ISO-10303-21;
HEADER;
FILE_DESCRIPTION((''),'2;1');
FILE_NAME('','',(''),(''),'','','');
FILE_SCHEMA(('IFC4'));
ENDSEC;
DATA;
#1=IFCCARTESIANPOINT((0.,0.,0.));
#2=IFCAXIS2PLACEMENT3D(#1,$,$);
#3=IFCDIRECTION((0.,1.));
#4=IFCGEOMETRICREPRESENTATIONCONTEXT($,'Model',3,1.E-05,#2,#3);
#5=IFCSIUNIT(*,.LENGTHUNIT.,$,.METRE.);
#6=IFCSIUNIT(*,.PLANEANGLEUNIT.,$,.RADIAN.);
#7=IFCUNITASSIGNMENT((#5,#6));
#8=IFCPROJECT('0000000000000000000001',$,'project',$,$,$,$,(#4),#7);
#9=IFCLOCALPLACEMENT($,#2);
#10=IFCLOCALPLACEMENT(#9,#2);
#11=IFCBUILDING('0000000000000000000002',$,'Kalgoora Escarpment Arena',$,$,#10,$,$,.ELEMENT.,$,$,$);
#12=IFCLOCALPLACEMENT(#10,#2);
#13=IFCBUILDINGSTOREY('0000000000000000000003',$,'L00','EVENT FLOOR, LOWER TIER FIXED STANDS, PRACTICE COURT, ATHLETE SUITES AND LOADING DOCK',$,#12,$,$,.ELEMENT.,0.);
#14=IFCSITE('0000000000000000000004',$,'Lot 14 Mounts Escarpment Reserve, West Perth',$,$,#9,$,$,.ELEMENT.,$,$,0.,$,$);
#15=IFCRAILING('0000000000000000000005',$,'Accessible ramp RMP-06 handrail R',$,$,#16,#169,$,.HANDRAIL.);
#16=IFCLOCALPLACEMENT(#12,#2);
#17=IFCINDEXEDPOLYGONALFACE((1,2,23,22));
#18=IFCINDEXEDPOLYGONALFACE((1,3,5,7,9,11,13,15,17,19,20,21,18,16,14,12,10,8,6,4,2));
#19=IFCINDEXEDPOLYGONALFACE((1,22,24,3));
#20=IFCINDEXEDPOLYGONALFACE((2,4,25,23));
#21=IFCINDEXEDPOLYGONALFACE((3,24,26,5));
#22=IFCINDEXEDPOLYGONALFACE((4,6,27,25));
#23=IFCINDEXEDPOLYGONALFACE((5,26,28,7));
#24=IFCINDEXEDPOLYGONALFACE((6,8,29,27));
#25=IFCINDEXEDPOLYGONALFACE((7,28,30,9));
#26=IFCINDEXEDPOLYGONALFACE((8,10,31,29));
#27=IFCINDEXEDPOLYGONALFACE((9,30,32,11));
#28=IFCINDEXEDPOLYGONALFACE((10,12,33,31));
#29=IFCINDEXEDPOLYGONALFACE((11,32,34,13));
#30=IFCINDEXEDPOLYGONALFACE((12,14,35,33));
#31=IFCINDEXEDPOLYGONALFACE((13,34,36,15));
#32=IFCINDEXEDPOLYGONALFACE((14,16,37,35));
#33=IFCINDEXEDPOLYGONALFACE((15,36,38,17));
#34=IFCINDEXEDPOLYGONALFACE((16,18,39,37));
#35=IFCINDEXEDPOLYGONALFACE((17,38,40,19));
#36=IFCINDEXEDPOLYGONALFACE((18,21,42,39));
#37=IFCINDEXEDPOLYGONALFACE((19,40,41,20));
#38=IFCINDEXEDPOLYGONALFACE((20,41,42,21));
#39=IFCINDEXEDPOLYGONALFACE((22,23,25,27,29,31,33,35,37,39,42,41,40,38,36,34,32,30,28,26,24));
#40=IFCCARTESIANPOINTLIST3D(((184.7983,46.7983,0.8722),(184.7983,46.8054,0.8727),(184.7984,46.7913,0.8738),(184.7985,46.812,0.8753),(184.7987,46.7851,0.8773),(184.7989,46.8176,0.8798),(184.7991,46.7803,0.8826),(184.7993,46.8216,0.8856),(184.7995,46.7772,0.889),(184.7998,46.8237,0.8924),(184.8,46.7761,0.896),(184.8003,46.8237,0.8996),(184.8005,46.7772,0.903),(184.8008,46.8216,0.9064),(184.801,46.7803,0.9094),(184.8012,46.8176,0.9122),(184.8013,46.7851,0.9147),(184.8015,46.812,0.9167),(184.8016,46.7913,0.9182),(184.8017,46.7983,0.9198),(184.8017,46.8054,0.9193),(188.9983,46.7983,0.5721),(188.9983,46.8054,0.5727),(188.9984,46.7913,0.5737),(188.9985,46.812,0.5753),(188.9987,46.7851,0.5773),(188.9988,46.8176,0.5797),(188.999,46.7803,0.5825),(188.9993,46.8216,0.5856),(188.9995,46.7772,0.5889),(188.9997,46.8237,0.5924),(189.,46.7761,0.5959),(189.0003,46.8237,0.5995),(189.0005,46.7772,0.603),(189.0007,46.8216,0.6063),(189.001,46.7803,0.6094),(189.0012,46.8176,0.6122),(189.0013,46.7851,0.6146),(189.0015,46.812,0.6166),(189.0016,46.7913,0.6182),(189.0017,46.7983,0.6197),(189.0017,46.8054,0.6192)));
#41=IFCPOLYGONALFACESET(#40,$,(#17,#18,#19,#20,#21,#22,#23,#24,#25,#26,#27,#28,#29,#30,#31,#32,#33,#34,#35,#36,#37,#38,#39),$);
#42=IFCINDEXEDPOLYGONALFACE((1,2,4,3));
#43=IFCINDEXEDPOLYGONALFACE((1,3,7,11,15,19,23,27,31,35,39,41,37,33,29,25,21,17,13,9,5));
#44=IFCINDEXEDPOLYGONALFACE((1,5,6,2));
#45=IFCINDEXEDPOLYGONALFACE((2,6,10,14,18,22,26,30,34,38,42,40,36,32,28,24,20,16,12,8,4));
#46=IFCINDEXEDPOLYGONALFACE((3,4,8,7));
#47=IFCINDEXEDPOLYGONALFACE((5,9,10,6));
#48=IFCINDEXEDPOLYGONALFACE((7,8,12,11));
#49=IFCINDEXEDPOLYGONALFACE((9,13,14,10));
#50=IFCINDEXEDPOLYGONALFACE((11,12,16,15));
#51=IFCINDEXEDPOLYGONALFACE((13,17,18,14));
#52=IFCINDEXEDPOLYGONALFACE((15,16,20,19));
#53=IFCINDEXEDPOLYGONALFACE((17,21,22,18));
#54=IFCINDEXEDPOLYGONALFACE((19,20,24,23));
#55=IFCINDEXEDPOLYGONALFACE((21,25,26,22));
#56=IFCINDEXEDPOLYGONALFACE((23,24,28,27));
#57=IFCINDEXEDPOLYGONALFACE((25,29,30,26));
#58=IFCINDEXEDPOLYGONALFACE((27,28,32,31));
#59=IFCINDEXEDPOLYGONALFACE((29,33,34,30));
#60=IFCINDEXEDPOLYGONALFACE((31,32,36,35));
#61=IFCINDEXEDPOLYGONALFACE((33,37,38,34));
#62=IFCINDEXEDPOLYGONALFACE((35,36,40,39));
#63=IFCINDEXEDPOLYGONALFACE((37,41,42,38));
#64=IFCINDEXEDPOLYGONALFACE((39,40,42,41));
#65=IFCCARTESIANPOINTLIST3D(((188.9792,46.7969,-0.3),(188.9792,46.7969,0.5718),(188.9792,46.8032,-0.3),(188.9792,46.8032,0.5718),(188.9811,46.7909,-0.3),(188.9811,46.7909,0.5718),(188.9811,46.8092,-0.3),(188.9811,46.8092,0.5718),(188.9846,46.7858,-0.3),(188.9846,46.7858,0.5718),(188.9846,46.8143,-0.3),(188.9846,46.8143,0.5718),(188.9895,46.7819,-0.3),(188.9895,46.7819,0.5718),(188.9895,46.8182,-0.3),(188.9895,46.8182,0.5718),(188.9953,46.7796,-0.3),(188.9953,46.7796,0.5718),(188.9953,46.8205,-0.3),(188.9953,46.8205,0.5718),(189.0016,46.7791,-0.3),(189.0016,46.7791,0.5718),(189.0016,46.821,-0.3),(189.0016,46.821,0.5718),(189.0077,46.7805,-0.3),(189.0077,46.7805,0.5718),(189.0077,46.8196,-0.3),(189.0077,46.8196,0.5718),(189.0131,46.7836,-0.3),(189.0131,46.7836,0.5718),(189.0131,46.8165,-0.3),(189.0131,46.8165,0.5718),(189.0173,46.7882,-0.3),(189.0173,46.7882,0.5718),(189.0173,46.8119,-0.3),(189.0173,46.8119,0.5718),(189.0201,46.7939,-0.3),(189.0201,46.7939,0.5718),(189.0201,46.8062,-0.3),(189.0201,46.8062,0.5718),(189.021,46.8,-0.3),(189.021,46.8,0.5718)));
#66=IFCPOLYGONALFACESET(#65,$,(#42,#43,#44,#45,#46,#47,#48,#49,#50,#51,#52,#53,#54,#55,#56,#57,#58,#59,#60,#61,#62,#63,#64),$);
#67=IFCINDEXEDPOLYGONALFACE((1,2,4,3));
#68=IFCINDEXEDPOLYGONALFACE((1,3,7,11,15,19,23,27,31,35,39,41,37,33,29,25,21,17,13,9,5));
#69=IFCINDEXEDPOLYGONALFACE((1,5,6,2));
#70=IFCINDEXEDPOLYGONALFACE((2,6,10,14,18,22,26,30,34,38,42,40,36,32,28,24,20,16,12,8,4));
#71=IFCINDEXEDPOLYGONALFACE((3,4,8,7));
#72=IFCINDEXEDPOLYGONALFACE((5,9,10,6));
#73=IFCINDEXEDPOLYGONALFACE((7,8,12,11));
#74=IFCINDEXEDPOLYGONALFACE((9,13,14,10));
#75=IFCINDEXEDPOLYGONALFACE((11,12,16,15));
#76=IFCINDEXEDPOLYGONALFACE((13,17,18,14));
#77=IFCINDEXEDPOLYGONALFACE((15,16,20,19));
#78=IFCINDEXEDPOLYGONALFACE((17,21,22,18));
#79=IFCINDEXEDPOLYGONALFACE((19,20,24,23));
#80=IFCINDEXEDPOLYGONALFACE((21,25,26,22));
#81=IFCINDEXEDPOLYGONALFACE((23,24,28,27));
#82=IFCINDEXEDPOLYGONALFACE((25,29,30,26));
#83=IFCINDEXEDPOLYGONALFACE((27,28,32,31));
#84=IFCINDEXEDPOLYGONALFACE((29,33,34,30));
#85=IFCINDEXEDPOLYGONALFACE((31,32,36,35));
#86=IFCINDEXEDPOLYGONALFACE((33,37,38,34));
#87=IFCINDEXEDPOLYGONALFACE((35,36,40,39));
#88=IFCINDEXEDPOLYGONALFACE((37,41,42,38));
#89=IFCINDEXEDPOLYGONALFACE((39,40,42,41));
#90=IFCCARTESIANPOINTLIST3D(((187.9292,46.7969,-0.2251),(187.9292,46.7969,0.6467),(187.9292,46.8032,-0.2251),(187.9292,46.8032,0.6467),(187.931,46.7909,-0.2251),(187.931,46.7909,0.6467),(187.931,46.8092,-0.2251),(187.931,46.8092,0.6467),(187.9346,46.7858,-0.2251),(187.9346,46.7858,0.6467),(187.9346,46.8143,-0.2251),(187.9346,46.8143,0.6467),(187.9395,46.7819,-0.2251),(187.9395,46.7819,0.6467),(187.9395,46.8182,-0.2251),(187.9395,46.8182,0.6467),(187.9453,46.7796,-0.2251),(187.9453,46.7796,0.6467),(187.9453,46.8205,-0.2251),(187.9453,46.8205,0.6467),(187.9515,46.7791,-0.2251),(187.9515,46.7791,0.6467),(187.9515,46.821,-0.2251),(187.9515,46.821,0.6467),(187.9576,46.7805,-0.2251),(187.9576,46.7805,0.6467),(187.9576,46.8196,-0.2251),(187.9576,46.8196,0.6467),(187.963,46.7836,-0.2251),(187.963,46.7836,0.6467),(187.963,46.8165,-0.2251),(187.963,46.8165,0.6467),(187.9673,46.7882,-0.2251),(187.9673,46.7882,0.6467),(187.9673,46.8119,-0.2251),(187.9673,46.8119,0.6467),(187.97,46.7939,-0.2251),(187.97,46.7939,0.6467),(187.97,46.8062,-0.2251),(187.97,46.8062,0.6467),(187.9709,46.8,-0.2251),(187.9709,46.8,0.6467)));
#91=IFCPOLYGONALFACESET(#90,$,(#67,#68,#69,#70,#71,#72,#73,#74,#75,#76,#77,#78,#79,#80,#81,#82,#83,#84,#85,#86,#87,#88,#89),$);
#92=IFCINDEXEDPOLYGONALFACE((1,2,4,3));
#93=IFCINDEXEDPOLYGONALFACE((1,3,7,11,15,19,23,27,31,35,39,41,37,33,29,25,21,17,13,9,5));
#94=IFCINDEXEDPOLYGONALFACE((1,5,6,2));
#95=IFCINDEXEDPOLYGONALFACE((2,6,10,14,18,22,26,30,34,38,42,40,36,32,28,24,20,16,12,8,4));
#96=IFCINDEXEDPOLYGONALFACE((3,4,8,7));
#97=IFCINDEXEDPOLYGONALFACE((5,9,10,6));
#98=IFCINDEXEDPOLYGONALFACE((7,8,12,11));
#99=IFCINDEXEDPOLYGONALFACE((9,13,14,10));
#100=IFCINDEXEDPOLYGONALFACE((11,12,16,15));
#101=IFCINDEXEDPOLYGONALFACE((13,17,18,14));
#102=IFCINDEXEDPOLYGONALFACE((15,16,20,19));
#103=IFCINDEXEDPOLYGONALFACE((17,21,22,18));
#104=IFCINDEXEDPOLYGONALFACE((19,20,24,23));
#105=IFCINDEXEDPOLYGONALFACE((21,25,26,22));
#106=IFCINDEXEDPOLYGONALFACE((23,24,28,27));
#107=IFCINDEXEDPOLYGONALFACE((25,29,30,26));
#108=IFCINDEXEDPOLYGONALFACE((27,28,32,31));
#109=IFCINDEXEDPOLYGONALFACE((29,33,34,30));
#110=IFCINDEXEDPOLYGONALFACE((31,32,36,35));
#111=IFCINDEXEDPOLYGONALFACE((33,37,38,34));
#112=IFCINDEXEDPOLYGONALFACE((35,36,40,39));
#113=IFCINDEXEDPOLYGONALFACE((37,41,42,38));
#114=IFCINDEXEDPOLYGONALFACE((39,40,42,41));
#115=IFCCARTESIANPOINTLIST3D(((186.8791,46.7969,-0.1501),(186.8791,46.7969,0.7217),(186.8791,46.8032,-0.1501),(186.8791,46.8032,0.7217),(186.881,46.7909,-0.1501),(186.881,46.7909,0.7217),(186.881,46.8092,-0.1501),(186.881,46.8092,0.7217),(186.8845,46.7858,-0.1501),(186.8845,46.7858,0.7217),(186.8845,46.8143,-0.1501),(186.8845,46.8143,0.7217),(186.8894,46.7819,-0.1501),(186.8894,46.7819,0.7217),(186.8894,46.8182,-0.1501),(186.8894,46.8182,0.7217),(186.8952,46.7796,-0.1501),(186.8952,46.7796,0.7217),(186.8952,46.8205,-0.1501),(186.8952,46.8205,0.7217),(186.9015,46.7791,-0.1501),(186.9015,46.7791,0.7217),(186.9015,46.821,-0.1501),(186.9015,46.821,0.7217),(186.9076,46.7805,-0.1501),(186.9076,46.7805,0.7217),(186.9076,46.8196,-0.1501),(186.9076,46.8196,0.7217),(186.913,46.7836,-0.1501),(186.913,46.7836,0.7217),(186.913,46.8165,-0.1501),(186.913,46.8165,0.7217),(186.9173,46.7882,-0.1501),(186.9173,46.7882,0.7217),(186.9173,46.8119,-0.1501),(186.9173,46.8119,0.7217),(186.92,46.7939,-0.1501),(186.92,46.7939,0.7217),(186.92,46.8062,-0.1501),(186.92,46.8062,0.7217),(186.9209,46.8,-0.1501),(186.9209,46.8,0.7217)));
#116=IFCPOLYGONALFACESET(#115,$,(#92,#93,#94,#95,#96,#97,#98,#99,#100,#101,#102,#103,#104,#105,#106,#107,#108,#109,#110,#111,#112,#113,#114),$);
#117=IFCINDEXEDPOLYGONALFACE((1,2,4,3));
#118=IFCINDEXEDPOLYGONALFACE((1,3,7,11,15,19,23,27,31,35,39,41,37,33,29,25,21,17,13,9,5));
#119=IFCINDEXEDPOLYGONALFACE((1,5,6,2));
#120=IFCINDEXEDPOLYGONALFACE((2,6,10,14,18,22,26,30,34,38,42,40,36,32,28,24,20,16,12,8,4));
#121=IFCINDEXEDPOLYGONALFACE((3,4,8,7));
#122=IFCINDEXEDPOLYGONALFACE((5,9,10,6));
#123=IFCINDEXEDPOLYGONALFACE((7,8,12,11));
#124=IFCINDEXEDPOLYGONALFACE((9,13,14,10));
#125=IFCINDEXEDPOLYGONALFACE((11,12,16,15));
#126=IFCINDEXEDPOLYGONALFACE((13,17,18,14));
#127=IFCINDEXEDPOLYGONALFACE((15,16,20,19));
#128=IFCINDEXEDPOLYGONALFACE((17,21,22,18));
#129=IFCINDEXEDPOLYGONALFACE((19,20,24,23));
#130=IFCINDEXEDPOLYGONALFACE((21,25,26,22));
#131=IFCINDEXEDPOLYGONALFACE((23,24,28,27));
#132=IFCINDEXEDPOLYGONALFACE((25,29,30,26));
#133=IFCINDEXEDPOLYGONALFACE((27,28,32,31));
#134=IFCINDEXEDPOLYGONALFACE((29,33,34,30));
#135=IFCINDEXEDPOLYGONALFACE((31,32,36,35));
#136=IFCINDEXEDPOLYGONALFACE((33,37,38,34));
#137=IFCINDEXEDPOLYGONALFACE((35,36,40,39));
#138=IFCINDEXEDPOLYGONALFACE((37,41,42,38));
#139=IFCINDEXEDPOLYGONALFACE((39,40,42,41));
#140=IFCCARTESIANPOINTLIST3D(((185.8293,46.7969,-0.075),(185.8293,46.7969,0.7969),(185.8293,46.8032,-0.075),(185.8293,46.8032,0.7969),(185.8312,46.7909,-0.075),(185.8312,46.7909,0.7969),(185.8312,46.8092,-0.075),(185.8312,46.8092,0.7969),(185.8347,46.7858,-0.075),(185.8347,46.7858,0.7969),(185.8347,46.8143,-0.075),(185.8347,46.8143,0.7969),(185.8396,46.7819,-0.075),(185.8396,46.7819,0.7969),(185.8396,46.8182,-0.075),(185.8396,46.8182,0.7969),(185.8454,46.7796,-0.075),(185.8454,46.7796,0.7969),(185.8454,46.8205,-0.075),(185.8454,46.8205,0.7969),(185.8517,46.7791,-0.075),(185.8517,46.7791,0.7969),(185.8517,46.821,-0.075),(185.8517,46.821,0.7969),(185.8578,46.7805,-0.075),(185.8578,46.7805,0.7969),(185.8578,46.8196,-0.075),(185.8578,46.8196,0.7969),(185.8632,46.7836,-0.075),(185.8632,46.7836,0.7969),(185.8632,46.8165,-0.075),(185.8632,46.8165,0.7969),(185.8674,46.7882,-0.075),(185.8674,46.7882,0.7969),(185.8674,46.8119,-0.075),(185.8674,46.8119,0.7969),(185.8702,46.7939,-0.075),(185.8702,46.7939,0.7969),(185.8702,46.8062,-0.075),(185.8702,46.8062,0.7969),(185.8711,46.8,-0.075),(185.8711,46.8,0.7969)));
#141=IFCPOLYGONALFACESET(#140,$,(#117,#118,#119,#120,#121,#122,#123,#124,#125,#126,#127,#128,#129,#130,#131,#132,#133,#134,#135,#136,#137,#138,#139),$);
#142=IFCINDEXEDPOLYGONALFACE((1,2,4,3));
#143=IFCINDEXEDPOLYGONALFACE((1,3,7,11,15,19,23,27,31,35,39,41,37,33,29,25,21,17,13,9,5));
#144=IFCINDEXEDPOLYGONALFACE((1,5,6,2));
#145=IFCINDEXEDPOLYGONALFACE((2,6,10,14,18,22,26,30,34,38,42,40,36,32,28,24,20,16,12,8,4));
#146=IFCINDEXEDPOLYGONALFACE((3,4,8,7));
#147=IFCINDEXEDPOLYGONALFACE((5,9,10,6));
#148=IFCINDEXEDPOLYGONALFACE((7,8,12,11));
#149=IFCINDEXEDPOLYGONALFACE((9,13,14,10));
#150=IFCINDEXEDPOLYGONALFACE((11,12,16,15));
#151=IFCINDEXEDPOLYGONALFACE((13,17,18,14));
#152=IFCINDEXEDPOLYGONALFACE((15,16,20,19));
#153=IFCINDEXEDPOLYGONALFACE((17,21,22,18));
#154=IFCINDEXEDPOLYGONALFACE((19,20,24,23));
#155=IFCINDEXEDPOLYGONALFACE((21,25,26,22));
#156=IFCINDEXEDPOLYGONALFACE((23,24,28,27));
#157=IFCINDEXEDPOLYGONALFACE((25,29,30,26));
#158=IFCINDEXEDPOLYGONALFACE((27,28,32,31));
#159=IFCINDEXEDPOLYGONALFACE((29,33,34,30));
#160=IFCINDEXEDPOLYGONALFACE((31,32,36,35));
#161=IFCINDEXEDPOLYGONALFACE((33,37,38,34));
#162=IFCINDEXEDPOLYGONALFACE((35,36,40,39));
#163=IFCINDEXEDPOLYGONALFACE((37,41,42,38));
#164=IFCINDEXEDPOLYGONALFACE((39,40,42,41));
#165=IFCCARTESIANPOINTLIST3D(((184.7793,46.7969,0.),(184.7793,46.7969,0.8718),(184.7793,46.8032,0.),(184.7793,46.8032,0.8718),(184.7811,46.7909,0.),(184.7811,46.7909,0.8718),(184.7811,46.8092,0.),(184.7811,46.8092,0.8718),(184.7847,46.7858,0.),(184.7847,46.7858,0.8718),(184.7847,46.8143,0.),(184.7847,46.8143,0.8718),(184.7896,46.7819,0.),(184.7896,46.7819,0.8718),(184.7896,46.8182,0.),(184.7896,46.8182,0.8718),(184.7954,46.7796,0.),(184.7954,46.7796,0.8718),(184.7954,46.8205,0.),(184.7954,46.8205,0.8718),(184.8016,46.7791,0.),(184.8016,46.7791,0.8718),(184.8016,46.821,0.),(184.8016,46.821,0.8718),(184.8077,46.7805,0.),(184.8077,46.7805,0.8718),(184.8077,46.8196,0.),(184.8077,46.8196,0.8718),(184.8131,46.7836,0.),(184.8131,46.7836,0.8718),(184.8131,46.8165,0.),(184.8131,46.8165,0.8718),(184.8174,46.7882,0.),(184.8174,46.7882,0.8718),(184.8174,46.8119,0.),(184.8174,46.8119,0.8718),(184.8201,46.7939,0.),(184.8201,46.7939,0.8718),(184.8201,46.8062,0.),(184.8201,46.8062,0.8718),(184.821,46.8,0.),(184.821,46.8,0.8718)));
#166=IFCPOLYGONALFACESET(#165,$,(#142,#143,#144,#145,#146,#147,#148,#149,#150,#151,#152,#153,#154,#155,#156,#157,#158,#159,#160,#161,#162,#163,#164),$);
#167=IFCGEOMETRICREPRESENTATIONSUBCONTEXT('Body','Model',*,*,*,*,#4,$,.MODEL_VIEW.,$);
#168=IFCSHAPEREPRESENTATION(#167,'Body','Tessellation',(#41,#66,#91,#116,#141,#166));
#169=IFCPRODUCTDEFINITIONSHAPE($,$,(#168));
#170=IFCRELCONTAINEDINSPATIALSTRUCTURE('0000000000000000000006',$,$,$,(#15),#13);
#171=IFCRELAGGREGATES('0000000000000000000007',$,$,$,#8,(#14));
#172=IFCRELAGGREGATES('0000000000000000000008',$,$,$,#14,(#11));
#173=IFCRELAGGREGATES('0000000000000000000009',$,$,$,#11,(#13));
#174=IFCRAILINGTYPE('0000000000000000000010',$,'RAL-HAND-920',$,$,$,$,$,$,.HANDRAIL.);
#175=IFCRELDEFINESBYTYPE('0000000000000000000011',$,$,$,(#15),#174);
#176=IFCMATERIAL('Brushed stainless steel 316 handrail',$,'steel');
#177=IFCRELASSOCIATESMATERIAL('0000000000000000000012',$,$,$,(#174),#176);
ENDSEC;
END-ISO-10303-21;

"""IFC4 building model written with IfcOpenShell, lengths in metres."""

from ifc_helpers import new_model, si_unit, direction, frame, origin, origin_2d, place, context, subcontext, project, spatial, circle, extrude, material, type_object, element, save


model = new_model("IFC4")

# Units and contexts
model_context = context("Model", 3, precision=1e-05, world=origin(), true_north=direction((0.0, 1.0)))
body_context = subcontext(model_context, "Body", "Model", "MODEL_VIEW")
ifc_project = project(units=[si_unit("LENGTHUNIT", "METRE"), si_unit("PLANEANGLEUNIT", "RADIAN")], contexts=[model_context])

# Site, building, storey
site_placement = place(None, origin())
site = spatial("IfcSite", under=ifc_project, at=site_placement, Name="Lot 14 Mounts Escarpment Reserve, West Perth", CompositionType="ELEMENT", RefElevation=0.0)
building_placement = place(site_placement, origin())
building = spatial("IfcBuilding", under=site, at=building_placement, Name="Kalgoora Escarpment Arena", CompositionType="ELEMENT")
storey_placement = place(building_placement, origin())
storey = spatial("IfcBuildingStorey", under=building, at=storey_placement, Name="L00", Description="EVENT FLOOR, LOWER TIER FIXED STANDS, PRACTICE COURT, ATHLETE SUITES AND LOADING DOCK", CompositionType="ELEMENT", Elevation=0.0)

# Railing
ifc_material_1 = material(Name="Brushed stainless steel 316 handrail", Category="steel")
railing_type = type_object("IfcRailingType", Name="RAL-HAND-920", PredefinedType="HANDRAIL", material=ifc_material_1)
for number, where, name in (
    (1, (189.0, 46.8, -0.3), "Accessible ramp RMP-06 handrail R"),
):
    element("IfcRailing", number, at=place(storey_placement, frame(where)), inside=storey, type_object=railing_type, Name=name, PredefinedType="HANDRAIL", context=body_context, shape_type="SweptSolid", body=[
        extrude(circle(Radius=0.0239, at=origin_2d()), frame((0.0, 0.0, 0.896), z_axis=(-0.997458, 0.0, 0.071259), x_axis=(0.0, -1.0, 0.0)), (0.0, 0.0, 1.0), 4.2107),
        extrude(circle(Radius=0.021, at=origin_2d()), origin(), (0.0, 0.0, 1.0), 0.8718),
        extrude(circle(Radius=0.021, at=origin_2d()), frame((-1.05, 0.0, 0.075)), (0.0, 0.0, 1.0), 0.8718),
        extrude(circle(Radius=0.021, at=origin_2d()), frame((-2.1001, 0.0, 0.1499)), (0.0, 0.0, 1.0), 0.8718),
        extrude(circle(Radius=0.021, at=origin_2d()), frame((-3.1499, 0.0, 0.2251)), (0.0, 0.0, 1.0), 0.8718),
        extrude(circle(Radius=0.021, at=origin_2d()), frame((-4.2, 0.0, 0.3)), (0.0, 0.0, 1.0), 0.8718),
    ])

save(model, "model.ifc")
